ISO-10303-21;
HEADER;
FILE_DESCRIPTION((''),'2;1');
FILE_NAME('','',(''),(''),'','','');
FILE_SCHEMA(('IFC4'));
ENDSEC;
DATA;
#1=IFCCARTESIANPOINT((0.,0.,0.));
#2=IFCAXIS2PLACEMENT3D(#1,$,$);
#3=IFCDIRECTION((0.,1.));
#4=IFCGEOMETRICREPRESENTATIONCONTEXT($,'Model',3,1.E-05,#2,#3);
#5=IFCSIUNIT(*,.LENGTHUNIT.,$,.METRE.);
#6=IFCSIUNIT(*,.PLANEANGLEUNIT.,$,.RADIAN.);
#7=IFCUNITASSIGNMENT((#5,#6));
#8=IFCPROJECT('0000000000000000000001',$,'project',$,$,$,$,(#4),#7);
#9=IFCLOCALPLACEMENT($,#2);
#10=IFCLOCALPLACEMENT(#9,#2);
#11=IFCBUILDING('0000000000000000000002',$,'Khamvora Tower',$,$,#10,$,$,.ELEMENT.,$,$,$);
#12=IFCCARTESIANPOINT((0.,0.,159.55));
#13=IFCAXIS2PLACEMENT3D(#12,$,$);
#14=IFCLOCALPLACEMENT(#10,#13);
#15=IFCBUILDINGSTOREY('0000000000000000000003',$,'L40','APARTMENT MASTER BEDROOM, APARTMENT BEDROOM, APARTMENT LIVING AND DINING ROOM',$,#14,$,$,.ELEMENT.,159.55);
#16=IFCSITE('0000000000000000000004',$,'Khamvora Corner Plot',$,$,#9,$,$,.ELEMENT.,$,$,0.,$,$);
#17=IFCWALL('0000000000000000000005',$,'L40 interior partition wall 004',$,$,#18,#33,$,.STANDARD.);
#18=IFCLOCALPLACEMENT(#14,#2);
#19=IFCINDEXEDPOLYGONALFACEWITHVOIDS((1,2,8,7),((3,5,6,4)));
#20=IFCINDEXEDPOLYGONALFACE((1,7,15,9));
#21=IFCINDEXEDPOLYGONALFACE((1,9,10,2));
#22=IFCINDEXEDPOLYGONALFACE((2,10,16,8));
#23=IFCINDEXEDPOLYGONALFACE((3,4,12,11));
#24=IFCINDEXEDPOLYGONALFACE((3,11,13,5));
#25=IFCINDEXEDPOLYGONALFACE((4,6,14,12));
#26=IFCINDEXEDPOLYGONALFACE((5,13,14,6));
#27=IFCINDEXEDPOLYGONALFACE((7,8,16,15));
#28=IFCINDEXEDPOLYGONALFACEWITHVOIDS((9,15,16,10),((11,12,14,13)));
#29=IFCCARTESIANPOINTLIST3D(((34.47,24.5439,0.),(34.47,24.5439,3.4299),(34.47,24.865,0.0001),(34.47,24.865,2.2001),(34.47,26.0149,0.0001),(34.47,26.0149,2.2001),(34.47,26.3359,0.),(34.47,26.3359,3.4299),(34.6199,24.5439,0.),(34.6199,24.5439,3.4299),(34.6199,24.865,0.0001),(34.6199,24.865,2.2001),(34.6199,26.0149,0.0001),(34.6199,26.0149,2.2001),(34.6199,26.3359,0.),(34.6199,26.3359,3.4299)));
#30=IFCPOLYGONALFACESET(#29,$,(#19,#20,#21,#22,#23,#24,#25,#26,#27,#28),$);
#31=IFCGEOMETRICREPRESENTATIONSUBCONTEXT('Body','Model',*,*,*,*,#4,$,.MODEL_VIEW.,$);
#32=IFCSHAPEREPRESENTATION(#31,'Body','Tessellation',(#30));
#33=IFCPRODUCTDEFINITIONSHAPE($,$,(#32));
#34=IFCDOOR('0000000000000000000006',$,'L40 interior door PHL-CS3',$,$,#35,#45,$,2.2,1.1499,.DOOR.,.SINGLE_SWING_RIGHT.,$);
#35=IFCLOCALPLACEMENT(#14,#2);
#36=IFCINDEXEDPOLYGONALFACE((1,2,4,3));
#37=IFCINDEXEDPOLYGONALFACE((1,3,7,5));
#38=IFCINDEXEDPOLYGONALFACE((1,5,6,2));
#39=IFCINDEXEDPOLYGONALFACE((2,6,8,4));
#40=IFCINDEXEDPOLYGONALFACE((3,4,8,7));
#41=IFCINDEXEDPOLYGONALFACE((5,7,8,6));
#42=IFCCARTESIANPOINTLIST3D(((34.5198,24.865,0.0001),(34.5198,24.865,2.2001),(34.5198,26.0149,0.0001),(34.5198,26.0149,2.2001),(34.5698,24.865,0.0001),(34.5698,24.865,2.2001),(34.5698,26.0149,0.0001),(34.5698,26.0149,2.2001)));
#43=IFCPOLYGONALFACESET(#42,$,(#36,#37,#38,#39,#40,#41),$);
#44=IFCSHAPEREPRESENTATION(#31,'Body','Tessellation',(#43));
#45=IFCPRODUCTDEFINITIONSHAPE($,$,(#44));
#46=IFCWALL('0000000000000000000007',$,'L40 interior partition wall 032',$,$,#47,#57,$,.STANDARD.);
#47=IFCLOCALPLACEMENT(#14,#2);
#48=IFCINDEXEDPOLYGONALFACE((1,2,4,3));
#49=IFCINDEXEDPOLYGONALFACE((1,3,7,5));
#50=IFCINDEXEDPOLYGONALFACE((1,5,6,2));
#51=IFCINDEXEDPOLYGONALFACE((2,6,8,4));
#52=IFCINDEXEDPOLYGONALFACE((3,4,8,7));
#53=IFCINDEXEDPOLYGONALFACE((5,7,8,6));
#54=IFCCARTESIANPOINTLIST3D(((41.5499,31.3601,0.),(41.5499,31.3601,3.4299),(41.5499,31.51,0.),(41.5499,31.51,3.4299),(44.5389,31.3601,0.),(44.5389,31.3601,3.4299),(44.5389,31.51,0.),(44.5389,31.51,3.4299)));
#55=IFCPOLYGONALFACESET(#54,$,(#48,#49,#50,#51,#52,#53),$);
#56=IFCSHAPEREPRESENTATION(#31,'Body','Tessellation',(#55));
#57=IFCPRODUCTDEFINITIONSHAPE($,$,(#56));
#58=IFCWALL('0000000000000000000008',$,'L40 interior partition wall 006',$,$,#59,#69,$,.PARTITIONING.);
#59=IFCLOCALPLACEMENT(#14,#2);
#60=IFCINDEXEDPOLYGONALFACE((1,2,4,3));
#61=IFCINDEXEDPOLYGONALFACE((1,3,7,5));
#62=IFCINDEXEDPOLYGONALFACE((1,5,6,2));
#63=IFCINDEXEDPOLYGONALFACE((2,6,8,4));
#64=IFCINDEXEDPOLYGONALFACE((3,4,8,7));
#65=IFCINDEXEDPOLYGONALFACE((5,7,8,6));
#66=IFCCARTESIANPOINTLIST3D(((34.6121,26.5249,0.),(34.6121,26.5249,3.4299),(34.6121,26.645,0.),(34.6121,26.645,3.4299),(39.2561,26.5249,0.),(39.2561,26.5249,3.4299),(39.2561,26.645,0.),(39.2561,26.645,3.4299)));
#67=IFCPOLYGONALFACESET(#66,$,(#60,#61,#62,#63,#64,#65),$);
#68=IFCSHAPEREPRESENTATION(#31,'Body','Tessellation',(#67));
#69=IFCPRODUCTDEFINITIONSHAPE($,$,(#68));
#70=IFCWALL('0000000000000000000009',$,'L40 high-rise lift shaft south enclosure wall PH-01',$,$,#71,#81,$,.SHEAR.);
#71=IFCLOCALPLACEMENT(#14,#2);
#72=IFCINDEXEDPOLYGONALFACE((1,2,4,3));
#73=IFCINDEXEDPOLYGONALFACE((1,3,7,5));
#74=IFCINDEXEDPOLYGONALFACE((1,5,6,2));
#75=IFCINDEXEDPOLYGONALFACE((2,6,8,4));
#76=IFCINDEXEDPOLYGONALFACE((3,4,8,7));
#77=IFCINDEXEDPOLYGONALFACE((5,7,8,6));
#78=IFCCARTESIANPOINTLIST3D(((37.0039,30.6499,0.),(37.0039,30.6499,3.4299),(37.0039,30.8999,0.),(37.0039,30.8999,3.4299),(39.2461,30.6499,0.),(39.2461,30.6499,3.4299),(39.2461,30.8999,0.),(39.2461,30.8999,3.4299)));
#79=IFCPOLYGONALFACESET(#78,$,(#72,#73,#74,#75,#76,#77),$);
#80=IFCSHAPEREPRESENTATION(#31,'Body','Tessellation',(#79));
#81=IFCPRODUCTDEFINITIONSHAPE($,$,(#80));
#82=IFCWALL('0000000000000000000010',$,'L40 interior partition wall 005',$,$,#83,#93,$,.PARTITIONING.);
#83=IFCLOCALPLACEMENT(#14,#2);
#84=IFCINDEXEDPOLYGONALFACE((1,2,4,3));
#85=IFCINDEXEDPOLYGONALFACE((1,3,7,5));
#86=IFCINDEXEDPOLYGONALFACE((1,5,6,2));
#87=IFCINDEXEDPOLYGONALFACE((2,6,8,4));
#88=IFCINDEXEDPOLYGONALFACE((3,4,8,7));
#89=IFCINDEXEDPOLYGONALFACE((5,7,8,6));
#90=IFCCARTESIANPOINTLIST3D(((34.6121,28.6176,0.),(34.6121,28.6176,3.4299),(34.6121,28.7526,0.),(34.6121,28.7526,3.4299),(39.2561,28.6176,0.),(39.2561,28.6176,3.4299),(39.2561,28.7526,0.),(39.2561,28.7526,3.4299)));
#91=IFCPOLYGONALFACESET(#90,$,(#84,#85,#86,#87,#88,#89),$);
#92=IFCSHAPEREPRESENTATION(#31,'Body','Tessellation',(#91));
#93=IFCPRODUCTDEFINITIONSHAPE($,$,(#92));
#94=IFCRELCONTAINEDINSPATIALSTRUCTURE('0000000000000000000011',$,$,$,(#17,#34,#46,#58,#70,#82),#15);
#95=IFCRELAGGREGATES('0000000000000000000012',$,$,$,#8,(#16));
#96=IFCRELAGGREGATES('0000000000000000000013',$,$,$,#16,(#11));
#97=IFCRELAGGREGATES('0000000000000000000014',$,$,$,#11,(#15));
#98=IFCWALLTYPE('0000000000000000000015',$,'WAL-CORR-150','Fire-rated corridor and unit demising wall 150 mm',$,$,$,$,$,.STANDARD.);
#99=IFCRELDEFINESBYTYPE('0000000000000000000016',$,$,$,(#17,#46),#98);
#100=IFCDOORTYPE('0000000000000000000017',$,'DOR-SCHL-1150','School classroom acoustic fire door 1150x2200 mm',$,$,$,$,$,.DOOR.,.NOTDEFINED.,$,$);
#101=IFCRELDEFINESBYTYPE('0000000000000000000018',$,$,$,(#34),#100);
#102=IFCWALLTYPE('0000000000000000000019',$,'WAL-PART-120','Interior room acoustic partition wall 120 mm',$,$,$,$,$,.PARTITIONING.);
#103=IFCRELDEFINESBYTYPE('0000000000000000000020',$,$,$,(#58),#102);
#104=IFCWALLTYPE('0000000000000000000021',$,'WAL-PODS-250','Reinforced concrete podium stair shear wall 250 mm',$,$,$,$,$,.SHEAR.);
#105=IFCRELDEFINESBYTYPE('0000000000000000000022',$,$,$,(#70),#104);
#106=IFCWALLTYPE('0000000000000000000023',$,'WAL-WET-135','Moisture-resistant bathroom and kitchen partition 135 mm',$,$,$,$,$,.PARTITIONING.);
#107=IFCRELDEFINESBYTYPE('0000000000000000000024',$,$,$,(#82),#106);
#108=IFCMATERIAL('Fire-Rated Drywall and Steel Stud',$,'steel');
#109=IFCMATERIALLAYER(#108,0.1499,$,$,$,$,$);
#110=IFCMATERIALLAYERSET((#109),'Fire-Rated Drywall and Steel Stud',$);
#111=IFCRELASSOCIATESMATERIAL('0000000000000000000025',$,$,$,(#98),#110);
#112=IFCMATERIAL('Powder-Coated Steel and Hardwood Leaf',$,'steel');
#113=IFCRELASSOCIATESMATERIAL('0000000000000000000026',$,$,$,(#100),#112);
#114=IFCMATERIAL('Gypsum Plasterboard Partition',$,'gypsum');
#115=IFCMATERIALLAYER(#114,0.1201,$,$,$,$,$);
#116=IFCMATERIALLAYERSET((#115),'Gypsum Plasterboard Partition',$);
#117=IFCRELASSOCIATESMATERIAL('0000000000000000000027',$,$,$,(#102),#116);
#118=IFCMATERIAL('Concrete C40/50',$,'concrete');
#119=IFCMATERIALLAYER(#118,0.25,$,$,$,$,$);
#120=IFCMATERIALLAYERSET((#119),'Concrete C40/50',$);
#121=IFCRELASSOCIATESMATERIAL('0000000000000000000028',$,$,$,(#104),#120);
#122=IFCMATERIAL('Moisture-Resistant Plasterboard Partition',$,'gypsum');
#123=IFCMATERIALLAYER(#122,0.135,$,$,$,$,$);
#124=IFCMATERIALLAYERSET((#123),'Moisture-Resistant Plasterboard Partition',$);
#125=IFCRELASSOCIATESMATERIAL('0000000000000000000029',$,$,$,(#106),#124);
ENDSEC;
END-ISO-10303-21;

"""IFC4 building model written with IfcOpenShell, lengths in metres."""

from ifc_helpers import new_model, si_unit, direction, frame, frame_2d, origin, place, context, subcontext, project, spatial, rectangle, extrude, material, layer, layer_set, type_object, element, fill, save


model = new_model("IFC4")

# Units and contexts
model_context = context("Model", 3, precision=1e-05, world=origin(), true_north=direction((0.0, 1.0)))
body_context = subcontext(model_context, "Body", "Model", "MODEL_VIEW")
ifc_project = project(units=[si_unit("LENGTHUNIT", "METRE"), si_unit("PLANEANGLEUNIT", "RADIAN")], contexts=[model_context])

# Site, building, storey
site_placement = place(None, origin())
site = spatial("IfcSite", under=ifc_project, at=site_placement, Name="Khamvora Corner Plot", CompositionType="ELEMENT", RefElevation=0.0)
building_placement = place(site_placement, origin())
building = spatial("IfcBuilding", under=site, at=building_placement, Name="Khamvora Tower", CompositionType="ELEMENT")
storey_placement = place(building_placement, frame((0.0, 0.0, 159.55)))
storey = spatial("IfcBuildingStorey", under=building, at=storey_placement, Name="L40", Description="APARTMENT MASTER BEDROOM, APARTMENT BEDROOM, APARTMENT LIVING AND DINING ROOM", CompositionType="ELEMENT", Elevation=159.55)

# Shared definitions
ifc_material_1 = material(Name="Powder-Coated Steel and Hardwood Leaf", Category="steel")

# Shared definitions
ifc_material_2 = material(Name="Fire-Rated Drywall and Steel Stud", Category="steel")
ifc_layer_1 = layer(ifc_material_2, 0.1499)
ifc_layer_set_1 = layer_set([ifc_layer_1], Name="Fire-Rated Drywall and Steel Stud")
wall_type_1 = type_object("IfcWallType", Name="WAL-CORR-150", Description="Fire-rated corridor and unit demising wall 150 mm", PredefinedType="STANDARD", material=ifc_layer_set_1)

# Wall, opening, door
wall_1_placement = place(storey_placement, frame((34.5449, 26.3359, 0.0), z_axis=(0.0, 0.0, 1.0), x_axis=(0.0, -1.0, 0.0)))
wall_1 = element("IfcWall", 1, at=wall_1_placement, inside=storey, type_object=wall_type_1, Name="L40 interior partition wall 004", PredefinedType="STANDARD", context=body_context, shape_type="SweptSolid", body=[
    extrude(rectangle(XDim=1.792, YDim=0.1499, at=frame_2d((0.896, 0.0))), origin(), (0.0, 0.0, 1.0), 3.4299),
])
opening_1_placement = place(wall_1_placement, frame((0.321, 0.0, 0.0)))
opening_1 = element("IfcOpeningElement", 2, at=opening_1_placement, cuts=wall_1, PredefinedType="OPENING", context=body_context, shape_type="SweptSolid", body=[
    extrude(rectangle(XDim=1.1499, YDim=2.2, at=frame_2d((0.575, 1.1001))), frame((0.0, 0.085, 0.0), z_axis=(0.0, -1.0, 0.0), x_axis=(1.0, 0.0, 0.0)), (0.0, 0.0, 1.0), 0.1699),
])
door_type_1 = type_object("IfcDoorType", Name="DOR-SCHL-1150", Description="School classroom acoustic fire door 1150x2200 mm", OperationType="NOTDEFINED", PredefinedType="DOOR", material=ifc_material_1)
door_1_placement = place(opening_1_placement, origin())
door_1 = element("IfcDoor", 3, at=door_1_placement, inside=storey, type_object=door_type_1, Name="L40 interior door PHL-CS3", OperationType="SINGLE_SWING_RIGHT", OverallHeight=2.2, OverallWidth=1.1499, PredefinedType="DOOR", context=body_context, shape_type="SweptSolid", body=[
    extrude(rectangle(XDim=1.1499, YDim=2.2, at=frame_2d((0.575, 1.1001))), frame((0.0, 0.0249, 0.0), z_axis=(0.0, -1.0, 0.0), x_axis=(1.0, 0.0, 0.0)), (0.0, 0.0, 1.0), 0.05),
])
fill(opening_1, door_1)

# Walls
wall_2_placement = place(storey_placement, frame((44.5391, 31.4351, 0.0), z_axis=(0.0, 0.0, 1.0), x_axis=(-1.0, 0.0, 0.0)))
element("IfcWall", 4, at=wall_2_placement, inside=storey, type_object=wall_type_1, Name="L40 interior partition wall 032", PredefinedType="STANDARD", context=body_context, shape_type="SweptSolid", body=[
    extrude(rectangle(XDim=2.989, YDim=0.1499, at=frame_2d((1.4946, 0.0))), origin(), (0.0, 0.0, 1.0), 3.4299),
])
ifc_material_3 = material(Name="Gypsum Plasterboard Partition", Category="gypsum")
ifc_layer_2 = layer(ifc_material_3, 0.1201)
ifc_layer_set_2 = layer_set([ifc_layer_2], Name="Gypsum Plasterboard Partition")
wall_type_2 = type_object("IfcWallType", Name="WAL-PART-120", Description="Interior room acoustic partition wall 120 mm", PredefinedType="PARTITIONING", material=ifc_layer_set_2)
wall_3_placement = place(storey_placement, frame((39.2561, 26.585, 0.0), z_axis=(0.0, 0.0, 1.0), x_axis=(-1.0, 0.0, 0.0)))
element("IfcWall", 5, at=wall_3_placement, inside=storey, type_object=wall_type_2, Name="L40 interior partition wall 006", PredefinedType="PARTITIONING", context=body_context, shape_type="SweptSolid", body=[
    extrude(rectangle(XDim=4.644, YDim=0.1201, at=frame_2d((2.322, 0.0))), origin(), (0.0, 0.0, 1.0), 3.4299),
])
ifc_material_4 = material(Name="Concrete C40/50", Category="concrete")
ifc_layer_3 = layer(ifc_material_4, 0.25)
ifc_layer_set_3 = layer_set([ifc_layer_3], Name="Concrete C40/50")
wall_type_3 = type_object("IfcWallType", Name="WAL-PODS-250", Description="Reinforced concrete podium stair shear wall 250 mm", PredefinedType="SHEAR", material=ifc_layer_set_3)
wall_4_placement = place(storey_placement, frame((37.0039, 30.7749, 0.0), z_axis=(0.0, 0.0, 1.0), x_axis=(1.0, 0.0, 0.0)))
element("IfcWall", 6, at=wall_4_placement, inside=storey, type_object=wall_type_3, Name="L40 high-rise lift shaft south enclosure wall PH-01", PredefinedType="SHEAR", context=body_context, shape_type="SweptSolid", body=[
    extrude(rectangle(XDim=2.2422, YDim=0.25, at=frame_2d((1.1211, 0.0))), origin(), (0.0, 0.0, 1.0), 3.4299),
])
ifc_material_5 = material(Name="Moisture-Resistant Plasterboard Partition", Category="gypsum")
ifc_layer_4 = layer(ifc_material_5, 0.135)
ifc_layer_set_4 = layer_set([ifc_layer_4], Name="Moisture-Resistant Plasterboard Partition")
wall_type_4 = type_object("IfcWallType", Name="WAL-WET-135", Description="Moisture-resistant bathroom and kitchen partition 135 mm", PredefinedType="PARTITIONING", material=ifc_layer_set_4)
wall_5_placement = place(storey_placement, frame((39.2561, 28.6851, 0.0), z_axis=(0.0, 0.0, 1.0), x_axis=(-1.0, 0.0, 0.0)))
element("IfcWall", 7, at=wall_5_placement, inside=storey, type_object=wall_type_4, Name="L40 interior partition wall 005", PredefinedType="PARTITIONING", context=body_context, shape_type="SweptSolid", body=[
    extrude(rectangle(XDim=4.644, YDim=0.135, at=frame_2d((2.322, 0.0))), origin(), (0.0, 0.0, 1.0), 3.4299),
])

save(model, "model.ifc")
